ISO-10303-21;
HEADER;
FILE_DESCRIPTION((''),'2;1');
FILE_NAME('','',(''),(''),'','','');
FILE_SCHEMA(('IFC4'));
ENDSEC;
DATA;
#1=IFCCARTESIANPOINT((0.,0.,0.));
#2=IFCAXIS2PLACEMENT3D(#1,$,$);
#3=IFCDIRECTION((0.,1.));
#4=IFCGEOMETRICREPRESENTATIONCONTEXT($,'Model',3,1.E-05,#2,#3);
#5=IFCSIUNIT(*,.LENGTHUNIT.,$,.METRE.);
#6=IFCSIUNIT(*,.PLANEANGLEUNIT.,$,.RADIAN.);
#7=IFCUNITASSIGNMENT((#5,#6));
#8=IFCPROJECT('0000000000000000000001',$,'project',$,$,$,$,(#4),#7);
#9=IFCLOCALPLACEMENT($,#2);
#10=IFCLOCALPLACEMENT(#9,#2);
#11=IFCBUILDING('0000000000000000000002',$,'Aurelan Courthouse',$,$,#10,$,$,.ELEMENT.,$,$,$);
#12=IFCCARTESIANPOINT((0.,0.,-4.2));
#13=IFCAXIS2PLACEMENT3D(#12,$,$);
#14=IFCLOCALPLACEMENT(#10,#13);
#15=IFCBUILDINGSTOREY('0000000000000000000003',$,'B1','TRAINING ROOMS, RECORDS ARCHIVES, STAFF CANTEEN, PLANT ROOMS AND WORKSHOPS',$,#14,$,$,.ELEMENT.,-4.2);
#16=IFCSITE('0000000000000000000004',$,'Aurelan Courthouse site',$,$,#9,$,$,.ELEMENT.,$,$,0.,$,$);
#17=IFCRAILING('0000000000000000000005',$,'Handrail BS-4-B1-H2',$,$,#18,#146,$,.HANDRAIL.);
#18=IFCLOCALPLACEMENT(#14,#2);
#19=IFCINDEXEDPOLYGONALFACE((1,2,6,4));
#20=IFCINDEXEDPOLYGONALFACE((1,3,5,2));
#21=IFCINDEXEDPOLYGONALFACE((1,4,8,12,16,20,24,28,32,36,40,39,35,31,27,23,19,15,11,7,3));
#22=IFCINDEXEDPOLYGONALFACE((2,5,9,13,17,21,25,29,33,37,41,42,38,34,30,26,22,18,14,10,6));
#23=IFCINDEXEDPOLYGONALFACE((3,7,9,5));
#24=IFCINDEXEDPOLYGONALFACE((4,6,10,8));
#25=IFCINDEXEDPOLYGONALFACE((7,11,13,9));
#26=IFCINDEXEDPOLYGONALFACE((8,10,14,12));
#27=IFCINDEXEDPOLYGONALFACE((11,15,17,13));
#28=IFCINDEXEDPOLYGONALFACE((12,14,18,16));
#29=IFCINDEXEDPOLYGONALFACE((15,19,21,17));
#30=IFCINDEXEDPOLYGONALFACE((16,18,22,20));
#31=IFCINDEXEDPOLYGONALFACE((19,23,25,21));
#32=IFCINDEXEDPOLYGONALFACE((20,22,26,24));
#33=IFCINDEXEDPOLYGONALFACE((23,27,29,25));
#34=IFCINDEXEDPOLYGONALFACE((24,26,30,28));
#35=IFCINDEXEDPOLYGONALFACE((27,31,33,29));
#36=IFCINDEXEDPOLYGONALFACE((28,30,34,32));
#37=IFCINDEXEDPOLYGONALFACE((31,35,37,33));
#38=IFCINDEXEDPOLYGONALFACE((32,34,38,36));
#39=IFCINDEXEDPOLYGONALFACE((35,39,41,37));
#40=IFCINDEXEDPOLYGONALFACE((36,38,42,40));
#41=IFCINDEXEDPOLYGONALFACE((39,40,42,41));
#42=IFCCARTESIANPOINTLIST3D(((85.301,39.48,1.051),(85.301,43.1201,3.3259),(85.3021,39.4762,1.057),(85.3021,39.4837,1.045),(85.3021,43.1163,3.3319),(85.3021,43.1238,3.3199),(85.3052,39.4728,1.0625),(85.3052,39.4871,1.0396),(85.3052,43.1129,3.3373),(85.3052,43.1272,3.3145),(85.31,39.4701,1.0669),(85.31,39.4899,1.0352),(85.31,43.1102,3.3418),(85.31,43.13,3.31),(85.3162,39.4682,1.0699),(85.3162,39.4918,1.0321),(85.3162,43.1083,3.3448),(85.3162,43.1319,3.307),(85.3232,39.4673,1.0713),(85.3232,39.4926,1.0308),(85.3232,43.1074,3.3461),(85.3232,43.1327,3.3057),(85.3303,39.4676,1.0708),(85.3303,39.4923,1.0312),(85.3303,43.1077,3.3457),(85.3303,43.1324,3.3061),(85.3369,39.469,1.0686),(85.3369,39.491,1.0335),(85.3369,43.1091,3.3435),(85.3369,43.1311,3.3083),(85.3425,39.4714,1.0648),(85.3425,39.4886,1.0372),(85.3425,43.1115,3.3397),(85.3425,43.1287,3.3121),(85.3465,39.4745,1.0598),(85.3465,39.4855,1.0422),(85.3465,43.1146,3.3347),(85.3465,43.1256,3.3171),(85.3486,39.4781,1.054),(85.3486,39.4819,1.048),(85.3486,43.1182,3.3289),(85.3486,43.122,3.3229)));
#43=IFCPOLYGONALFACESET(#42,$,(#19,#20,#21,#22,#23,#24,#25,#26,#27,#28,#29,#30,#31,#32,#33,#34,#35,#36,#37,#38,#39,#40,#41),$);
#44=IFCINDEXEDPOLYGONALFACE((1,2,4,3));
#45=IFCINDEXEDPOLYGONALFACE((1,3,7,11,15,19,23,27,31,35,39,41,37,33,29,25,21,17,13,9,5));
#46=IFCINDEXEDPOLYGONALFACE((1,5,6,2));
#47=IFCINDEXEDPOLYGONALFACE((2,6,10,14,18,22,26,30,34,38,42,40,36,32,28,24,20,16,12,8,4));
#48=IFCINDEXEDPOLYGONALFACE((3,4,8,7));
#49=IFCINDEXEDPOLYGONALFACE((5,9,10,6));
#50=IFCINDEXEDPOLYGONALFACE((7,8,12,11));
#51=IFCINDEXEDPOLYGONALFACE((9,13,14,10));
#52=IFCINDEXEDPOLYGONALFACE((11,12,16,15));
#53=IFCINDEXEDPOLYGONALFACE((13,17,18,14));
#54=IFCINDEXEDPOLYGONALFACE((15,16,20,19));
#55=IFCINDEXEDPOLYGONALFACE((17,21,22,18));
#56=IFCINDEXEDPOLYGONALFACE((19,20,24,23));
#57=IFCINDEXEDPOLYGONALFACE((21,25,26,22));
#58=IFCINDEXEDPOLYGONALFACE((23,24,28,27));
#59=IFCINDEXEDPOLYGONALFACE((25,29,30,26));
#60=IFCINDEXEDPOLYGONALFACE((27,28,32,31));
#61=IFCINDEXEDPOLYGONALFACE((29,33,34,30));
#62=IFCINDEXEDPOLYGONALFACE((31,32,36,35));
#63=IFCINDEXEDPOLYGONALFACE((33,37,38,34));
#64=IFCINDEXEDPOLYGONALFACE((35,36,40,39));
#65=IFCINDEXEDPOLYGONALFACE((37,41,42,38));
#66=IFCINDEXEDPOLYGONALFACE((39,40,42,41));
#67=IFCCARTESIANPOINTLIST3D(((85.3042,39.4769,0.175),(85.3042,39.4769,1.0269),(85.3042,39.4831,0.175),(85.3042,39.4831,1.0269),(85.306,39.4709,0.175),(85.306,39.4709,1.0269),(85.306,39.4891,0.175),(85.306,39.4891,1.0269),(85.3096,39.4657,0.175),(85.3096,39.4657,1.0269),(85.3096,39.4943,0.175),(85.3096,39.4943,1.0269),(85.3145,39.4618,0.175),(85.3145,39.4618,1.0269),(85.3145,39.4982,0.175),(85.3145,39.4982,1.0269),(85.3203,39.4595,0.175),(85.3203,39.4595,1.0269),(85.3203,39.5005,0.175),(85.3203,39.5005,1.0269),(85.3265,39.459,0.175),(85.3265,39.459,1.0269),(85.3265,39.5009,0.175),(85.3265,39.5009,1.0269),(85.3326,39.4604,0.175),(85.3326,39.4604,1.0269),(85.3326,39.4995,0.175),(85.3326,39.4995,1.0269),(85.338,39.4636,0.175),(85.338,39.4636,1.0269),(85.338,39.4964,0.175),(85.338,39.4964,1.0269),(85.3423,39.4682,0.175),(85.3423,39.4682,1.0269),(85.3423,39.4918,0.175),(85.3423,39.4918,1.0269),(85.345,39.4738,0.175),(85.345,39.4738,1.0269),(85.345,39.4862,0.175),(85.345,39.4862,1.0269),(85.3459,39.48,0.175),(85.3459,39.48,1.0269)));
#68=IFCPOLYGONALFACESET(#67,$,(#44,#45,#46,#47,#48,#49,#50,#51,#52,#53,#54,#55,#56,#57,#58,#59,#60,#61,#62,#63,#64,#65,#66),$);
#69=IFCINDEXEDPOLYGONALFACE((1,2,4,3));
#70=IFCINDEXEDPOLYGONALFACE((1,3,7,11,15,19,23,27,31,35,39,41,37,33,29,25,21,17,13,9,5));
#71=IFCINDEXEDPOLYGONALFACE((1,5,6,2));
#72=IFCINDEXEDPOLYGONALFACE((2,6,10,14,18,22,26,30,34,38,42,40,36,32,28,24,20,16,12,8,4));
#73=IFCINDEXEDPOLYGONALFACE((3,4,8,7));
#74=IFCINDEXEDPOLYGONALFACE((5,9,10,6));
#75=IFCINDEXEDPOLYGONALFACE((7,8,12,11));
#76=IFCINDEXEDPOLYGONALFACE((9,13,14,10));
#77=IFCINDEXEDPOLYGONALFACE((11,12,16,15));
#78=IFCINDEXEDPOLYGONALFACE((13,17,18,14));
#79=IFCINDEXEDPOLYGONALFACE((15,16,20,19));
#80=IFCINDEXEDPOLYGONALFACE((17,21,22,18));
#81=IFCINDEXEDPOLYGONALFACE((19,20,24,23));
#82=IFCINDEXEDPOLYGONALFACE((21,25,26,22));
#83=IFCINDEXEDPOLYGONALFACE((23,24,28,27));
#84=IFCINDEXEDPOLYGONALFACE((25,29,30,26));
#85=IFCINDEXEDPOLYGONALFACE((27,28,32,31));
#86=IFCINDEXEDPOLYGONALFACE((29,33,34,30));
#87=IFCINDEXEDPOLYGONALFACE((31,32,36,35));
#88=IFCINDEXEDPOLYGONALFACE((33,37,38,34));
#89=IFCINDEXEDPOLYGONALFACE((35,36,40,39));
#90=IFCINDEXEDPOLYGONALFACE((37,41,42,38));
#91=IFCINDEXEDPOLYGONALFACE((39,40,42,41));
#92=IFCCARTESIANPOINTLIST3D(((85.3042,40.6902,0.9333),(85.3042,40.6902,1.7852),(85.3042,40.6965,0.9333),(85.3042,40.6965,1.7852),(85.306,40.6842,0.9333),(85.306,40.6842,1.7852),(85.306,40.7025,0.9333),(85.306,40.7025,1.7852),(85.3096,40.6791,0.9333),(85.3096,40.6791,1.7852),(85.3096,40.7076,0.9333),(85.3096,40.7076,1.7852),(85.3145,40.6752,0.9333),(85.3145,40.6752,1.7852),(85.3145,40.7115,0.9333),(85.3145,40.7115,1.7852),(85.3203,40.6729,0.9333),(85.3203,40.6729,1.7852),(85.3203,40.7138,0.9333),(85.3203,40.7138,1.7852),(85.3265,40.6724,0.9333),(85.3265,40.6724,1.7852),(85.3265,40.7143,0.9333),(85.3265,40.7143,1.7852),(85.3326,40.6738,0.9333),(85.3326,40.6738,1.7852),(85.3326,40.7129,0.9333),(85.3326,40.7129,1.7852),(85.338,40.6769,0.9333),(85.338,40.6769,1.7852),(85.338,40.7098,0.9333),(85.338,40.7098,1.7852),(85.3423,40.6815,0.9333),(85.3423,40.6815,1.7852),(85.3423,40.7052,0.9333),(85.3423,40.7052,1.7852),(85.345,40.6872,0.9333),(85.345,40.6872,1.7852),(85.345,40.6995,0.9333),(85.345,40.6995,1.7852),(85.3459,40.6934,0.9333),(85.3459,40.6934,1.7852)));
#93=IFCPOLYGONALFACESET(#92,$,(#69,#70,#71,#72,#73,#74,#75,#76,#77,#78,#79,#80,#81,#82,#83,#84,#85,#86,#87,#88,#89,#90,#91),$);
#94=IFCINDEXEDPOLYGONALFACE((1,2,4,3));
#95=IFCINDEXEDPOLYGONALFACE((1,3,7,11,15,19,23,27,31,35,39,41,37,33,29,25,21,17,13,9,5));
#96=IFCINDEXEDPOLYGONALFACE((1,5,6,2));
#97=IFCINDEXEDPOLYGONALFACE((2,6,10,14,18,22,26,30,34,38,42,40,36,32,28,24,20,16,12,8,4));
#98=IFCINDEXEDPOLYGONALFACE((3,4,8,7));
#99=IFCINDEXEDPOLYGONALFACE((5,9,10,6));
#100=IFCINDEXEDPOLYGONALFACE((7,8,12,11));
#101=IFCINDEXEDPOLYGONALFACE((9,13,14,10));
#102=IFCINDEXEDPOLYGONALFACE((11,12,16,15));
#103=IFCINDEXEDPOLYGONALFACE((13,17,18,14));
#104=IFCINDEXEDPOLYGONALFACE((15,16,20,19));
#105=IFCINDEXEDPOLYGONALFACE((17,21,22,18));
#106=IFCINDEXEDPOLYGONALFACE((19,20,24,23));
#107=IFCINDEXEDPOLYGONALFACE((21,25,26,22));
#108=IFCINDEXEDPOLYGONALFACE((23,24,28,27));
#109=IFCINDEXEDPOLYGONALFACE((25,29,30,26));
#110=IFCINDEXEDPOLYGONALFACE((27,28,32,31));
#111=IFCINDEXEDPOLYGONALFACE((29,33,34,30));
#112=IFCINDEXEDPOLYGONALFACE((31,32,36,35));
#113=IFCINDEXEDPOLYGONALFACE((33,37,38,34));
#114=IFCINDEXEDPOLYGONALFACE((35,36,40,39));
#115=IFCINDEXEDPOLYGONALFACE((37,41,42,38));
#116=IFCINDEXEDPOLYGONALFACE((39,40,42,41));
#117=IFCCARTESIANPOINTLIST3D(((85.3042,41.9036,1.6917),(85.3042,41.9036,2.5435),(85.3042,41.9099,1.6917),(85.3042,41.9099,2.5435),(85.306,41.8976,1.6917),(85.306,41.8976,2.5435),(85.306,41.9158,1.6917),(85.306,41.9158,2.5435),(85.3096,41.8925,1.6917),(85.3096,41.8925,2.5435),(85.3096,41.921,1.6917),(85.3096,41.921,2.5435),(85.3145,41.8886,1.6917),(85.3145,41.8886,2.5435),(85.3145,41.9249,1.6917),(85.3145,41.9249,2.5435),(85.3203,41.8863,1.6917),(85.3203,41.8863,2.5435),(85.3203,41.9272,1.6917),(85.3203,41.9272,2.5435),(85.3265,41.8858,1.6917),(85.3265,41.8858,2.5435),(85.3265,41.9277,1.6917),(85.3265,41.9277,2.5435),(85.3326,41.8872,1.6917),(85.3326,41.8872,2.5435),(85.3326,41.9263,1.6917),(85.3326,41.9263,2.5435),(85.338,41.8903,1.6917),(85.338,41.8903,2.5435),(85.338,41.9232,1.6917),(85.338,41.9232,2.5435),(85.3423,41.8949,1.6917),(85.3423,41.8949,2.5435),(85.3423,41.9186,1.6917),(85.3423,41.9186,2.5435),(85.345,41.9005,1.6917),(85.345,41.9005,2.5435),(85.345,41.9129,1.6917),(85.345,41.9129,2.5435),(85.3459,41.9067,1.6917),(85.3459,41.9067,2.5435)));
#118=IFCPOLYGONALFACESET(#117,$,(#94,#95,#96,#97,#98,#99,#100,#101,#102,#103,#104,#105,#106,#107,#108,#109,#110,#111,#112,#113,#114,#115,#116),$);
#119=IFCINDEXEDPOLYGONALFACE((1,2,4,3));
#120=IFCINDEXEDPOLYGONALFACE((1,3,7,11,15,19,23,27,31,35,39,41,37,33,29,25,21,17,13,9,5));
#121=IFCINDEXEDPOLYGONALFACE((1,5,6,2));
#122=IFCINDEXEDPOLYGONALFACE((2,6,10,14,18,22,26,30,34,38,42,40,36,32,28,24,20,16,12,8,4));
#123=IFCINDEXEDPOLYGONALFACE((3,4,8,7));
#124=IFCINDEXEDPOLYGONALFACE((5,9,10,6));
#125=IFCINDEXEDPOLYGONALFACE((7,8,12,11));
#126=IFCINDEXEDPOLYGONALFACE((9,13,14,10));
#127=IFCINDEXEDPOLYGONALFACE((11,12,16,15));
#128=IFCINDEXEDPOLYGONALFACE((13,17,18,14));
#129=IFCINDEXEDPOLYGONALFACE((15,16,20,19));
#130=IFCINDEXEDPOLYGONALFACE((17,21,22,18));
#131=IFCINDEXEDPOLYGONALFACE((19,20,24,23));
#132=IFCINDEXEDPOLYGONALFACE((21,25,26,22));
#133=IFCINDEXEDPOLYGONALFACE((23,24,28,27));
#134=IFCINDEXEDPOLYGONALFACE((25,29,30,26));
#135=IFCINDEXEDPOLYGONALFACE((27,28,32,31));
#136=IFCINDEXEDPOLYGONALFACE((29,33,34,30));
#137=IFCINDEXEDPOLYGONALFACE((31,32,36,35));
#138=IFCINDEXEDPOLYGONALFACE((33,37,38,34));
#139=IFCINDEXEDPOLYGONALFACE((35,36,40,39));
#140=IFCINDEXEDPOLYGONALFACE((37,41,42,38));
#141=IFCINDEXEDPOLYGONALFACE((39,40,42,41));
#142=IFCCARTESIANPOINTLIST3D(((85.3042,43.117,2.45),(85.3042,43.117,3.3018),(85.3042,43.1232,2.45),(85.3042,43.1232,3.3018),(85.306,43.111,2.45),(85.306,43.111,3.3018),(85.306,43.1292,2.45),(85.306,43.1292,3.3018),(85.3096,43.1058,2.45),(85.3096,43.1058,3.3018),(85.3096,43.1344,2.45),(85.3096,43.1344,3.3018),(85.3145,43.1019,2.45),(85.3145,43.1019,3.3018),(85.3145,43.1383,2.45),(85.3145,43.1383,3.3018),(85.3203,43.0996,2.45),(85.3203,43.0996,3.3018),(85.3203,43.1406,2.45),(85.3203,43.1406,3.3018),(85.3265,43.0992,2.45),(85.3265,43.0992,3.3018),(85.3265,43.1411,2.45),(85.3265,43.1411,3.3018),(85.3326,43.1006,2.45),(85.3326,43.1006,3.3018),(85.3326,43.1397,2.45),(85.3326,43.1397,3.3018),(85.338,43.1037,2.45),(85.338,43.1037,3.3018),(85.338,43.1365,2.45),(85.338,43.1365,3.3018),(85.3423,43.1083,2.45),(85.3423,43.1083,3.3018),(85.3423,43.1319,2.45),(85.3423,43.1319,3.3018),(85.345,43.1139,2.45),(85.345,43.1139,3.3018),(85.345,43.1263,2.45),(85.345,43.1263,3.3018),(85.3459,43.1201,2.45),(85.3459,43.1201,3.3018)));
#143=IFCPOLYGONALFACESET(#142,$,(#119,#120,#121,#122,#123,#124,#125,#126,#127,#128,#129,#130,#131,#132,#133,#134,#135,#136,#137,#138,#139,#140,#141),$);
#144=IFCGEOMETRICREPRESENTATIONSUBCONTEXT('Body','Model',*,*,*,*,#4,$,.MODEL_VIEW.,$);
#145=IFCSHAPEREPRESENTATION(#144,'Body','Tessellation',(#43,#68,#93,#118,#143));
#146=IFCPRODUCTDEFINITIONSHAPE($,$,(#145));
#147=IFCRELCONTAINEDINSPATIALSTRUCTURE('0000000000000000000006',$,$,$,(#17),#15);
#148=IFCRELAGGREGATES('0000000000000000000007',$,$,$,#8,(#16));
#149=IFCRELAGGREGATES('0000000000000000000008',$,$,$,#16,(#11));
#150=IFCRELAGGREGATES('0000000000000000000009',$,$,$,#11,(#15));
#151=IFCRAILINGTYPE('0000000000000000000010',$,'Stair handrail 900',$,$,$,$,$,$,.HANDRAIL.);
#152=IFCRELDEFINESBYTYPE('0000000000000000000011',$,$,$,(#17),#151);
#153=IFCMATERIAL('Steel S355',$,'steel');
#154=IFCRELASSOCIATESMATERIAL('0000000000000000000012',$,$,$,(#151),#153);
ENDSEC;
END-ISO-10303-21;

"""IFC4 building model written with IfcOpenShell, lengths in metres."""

from ifc_helpers import new_model, si_unit, direction, frame, origin, origin_2d, place, context, subcontext, project, spatial, circle, extrude, material, type_object, element, save


model = new_model("IFC4")

# Units and contexts
model_context = context("Model", 3, precision=1e-05, world=origin(), true_north=direction((0.0, 1.0)))
body_context = subcontext(model_context, "Body", "Model", "MODEL_VIEW")
ifc_project = project(units=[si_unit("LENGTHUNIT", "METRE"), si_unit("PLANEANGLEUNIT", "RADIAN")], contexts=[model_context])

# Site, building, storey
site_placement = place(None, origin())
site = spatial("IfcSite", under=ifc_project, at=site_placement, Name="Aurelan Courthouse site", CompositionType="ELEMENT", RefElevation=0.0)
building_placement = place(site_placement, origin())
building = spatial("IfcBuilding", under=site, at=building_placement, Name="Aurelan Courthouse", CompositionType="ELEMENT")
storey_placement = place(building_placement, frame((0.0, 0.0, -4.2)))
storey = spatial("IfcBuildingStorey", under=building, at=storey_placement, Name="B1", Description="TRAINING ROOMS, RECORDS ARCHIVES, STAFF CANTEEN, PLANT ROOMS AND WORKSHOPS", CompositionType="ELEMENT", Elevation=-4.2)

# Railing
ifc_material_1 = material(Name="Steel S355", Category="steel")
railing_type_1 = type_object("IfcRailingType", Name="Stair handrail 900", PredefinedType="HANDRAIL", material=ifc_material_1)
for number, where, name in (
    (1, (85.325, 39.48, 0.175), "Handrail BS-4-B1-H2"),
):
    element("IfcRailing", number, at=place(storey_placement, frame(where)), inside=storey, type_object=railing_type_1, Name=name, PredefinedType="HANDRAIL", context=body_context, shape_type="SweptSolid", body=[
        extrude(circle(Radius=0.0239, at=origin_2d()), frame((0.0, 0.0, 0.876), z_axis=(0.0, 0.848017, 0.529968), x_axis=(-1.0, 0.0, 0.0)), (0.0, 0.0, 1.0), 4.2925),
        extrude(circle(Radius=0.021, at=origin_2d()), origin(), (0.0, 0.0, 1.0), 0.8518),
        extrude(circle(Radius=0.021, at=origin_2d()), frame((0.0, 1.2134, 0.7583)), (0.0, 0.0, 1.0), 0.8518),
        extrude(circle(Radius=0.021, at=origin_2d()), frame((0.0, 2.4268, 1.5166)), (0.0, 0.0, 1.0), 0.8518),
        extrude(circle(Radius=0.021, at=origin_2d()), frame((0.0, 3.6401, 2.2749)), (0.0, 0.0, 1.0), 0.8518),
    ])

save(model, "model.ifc")
